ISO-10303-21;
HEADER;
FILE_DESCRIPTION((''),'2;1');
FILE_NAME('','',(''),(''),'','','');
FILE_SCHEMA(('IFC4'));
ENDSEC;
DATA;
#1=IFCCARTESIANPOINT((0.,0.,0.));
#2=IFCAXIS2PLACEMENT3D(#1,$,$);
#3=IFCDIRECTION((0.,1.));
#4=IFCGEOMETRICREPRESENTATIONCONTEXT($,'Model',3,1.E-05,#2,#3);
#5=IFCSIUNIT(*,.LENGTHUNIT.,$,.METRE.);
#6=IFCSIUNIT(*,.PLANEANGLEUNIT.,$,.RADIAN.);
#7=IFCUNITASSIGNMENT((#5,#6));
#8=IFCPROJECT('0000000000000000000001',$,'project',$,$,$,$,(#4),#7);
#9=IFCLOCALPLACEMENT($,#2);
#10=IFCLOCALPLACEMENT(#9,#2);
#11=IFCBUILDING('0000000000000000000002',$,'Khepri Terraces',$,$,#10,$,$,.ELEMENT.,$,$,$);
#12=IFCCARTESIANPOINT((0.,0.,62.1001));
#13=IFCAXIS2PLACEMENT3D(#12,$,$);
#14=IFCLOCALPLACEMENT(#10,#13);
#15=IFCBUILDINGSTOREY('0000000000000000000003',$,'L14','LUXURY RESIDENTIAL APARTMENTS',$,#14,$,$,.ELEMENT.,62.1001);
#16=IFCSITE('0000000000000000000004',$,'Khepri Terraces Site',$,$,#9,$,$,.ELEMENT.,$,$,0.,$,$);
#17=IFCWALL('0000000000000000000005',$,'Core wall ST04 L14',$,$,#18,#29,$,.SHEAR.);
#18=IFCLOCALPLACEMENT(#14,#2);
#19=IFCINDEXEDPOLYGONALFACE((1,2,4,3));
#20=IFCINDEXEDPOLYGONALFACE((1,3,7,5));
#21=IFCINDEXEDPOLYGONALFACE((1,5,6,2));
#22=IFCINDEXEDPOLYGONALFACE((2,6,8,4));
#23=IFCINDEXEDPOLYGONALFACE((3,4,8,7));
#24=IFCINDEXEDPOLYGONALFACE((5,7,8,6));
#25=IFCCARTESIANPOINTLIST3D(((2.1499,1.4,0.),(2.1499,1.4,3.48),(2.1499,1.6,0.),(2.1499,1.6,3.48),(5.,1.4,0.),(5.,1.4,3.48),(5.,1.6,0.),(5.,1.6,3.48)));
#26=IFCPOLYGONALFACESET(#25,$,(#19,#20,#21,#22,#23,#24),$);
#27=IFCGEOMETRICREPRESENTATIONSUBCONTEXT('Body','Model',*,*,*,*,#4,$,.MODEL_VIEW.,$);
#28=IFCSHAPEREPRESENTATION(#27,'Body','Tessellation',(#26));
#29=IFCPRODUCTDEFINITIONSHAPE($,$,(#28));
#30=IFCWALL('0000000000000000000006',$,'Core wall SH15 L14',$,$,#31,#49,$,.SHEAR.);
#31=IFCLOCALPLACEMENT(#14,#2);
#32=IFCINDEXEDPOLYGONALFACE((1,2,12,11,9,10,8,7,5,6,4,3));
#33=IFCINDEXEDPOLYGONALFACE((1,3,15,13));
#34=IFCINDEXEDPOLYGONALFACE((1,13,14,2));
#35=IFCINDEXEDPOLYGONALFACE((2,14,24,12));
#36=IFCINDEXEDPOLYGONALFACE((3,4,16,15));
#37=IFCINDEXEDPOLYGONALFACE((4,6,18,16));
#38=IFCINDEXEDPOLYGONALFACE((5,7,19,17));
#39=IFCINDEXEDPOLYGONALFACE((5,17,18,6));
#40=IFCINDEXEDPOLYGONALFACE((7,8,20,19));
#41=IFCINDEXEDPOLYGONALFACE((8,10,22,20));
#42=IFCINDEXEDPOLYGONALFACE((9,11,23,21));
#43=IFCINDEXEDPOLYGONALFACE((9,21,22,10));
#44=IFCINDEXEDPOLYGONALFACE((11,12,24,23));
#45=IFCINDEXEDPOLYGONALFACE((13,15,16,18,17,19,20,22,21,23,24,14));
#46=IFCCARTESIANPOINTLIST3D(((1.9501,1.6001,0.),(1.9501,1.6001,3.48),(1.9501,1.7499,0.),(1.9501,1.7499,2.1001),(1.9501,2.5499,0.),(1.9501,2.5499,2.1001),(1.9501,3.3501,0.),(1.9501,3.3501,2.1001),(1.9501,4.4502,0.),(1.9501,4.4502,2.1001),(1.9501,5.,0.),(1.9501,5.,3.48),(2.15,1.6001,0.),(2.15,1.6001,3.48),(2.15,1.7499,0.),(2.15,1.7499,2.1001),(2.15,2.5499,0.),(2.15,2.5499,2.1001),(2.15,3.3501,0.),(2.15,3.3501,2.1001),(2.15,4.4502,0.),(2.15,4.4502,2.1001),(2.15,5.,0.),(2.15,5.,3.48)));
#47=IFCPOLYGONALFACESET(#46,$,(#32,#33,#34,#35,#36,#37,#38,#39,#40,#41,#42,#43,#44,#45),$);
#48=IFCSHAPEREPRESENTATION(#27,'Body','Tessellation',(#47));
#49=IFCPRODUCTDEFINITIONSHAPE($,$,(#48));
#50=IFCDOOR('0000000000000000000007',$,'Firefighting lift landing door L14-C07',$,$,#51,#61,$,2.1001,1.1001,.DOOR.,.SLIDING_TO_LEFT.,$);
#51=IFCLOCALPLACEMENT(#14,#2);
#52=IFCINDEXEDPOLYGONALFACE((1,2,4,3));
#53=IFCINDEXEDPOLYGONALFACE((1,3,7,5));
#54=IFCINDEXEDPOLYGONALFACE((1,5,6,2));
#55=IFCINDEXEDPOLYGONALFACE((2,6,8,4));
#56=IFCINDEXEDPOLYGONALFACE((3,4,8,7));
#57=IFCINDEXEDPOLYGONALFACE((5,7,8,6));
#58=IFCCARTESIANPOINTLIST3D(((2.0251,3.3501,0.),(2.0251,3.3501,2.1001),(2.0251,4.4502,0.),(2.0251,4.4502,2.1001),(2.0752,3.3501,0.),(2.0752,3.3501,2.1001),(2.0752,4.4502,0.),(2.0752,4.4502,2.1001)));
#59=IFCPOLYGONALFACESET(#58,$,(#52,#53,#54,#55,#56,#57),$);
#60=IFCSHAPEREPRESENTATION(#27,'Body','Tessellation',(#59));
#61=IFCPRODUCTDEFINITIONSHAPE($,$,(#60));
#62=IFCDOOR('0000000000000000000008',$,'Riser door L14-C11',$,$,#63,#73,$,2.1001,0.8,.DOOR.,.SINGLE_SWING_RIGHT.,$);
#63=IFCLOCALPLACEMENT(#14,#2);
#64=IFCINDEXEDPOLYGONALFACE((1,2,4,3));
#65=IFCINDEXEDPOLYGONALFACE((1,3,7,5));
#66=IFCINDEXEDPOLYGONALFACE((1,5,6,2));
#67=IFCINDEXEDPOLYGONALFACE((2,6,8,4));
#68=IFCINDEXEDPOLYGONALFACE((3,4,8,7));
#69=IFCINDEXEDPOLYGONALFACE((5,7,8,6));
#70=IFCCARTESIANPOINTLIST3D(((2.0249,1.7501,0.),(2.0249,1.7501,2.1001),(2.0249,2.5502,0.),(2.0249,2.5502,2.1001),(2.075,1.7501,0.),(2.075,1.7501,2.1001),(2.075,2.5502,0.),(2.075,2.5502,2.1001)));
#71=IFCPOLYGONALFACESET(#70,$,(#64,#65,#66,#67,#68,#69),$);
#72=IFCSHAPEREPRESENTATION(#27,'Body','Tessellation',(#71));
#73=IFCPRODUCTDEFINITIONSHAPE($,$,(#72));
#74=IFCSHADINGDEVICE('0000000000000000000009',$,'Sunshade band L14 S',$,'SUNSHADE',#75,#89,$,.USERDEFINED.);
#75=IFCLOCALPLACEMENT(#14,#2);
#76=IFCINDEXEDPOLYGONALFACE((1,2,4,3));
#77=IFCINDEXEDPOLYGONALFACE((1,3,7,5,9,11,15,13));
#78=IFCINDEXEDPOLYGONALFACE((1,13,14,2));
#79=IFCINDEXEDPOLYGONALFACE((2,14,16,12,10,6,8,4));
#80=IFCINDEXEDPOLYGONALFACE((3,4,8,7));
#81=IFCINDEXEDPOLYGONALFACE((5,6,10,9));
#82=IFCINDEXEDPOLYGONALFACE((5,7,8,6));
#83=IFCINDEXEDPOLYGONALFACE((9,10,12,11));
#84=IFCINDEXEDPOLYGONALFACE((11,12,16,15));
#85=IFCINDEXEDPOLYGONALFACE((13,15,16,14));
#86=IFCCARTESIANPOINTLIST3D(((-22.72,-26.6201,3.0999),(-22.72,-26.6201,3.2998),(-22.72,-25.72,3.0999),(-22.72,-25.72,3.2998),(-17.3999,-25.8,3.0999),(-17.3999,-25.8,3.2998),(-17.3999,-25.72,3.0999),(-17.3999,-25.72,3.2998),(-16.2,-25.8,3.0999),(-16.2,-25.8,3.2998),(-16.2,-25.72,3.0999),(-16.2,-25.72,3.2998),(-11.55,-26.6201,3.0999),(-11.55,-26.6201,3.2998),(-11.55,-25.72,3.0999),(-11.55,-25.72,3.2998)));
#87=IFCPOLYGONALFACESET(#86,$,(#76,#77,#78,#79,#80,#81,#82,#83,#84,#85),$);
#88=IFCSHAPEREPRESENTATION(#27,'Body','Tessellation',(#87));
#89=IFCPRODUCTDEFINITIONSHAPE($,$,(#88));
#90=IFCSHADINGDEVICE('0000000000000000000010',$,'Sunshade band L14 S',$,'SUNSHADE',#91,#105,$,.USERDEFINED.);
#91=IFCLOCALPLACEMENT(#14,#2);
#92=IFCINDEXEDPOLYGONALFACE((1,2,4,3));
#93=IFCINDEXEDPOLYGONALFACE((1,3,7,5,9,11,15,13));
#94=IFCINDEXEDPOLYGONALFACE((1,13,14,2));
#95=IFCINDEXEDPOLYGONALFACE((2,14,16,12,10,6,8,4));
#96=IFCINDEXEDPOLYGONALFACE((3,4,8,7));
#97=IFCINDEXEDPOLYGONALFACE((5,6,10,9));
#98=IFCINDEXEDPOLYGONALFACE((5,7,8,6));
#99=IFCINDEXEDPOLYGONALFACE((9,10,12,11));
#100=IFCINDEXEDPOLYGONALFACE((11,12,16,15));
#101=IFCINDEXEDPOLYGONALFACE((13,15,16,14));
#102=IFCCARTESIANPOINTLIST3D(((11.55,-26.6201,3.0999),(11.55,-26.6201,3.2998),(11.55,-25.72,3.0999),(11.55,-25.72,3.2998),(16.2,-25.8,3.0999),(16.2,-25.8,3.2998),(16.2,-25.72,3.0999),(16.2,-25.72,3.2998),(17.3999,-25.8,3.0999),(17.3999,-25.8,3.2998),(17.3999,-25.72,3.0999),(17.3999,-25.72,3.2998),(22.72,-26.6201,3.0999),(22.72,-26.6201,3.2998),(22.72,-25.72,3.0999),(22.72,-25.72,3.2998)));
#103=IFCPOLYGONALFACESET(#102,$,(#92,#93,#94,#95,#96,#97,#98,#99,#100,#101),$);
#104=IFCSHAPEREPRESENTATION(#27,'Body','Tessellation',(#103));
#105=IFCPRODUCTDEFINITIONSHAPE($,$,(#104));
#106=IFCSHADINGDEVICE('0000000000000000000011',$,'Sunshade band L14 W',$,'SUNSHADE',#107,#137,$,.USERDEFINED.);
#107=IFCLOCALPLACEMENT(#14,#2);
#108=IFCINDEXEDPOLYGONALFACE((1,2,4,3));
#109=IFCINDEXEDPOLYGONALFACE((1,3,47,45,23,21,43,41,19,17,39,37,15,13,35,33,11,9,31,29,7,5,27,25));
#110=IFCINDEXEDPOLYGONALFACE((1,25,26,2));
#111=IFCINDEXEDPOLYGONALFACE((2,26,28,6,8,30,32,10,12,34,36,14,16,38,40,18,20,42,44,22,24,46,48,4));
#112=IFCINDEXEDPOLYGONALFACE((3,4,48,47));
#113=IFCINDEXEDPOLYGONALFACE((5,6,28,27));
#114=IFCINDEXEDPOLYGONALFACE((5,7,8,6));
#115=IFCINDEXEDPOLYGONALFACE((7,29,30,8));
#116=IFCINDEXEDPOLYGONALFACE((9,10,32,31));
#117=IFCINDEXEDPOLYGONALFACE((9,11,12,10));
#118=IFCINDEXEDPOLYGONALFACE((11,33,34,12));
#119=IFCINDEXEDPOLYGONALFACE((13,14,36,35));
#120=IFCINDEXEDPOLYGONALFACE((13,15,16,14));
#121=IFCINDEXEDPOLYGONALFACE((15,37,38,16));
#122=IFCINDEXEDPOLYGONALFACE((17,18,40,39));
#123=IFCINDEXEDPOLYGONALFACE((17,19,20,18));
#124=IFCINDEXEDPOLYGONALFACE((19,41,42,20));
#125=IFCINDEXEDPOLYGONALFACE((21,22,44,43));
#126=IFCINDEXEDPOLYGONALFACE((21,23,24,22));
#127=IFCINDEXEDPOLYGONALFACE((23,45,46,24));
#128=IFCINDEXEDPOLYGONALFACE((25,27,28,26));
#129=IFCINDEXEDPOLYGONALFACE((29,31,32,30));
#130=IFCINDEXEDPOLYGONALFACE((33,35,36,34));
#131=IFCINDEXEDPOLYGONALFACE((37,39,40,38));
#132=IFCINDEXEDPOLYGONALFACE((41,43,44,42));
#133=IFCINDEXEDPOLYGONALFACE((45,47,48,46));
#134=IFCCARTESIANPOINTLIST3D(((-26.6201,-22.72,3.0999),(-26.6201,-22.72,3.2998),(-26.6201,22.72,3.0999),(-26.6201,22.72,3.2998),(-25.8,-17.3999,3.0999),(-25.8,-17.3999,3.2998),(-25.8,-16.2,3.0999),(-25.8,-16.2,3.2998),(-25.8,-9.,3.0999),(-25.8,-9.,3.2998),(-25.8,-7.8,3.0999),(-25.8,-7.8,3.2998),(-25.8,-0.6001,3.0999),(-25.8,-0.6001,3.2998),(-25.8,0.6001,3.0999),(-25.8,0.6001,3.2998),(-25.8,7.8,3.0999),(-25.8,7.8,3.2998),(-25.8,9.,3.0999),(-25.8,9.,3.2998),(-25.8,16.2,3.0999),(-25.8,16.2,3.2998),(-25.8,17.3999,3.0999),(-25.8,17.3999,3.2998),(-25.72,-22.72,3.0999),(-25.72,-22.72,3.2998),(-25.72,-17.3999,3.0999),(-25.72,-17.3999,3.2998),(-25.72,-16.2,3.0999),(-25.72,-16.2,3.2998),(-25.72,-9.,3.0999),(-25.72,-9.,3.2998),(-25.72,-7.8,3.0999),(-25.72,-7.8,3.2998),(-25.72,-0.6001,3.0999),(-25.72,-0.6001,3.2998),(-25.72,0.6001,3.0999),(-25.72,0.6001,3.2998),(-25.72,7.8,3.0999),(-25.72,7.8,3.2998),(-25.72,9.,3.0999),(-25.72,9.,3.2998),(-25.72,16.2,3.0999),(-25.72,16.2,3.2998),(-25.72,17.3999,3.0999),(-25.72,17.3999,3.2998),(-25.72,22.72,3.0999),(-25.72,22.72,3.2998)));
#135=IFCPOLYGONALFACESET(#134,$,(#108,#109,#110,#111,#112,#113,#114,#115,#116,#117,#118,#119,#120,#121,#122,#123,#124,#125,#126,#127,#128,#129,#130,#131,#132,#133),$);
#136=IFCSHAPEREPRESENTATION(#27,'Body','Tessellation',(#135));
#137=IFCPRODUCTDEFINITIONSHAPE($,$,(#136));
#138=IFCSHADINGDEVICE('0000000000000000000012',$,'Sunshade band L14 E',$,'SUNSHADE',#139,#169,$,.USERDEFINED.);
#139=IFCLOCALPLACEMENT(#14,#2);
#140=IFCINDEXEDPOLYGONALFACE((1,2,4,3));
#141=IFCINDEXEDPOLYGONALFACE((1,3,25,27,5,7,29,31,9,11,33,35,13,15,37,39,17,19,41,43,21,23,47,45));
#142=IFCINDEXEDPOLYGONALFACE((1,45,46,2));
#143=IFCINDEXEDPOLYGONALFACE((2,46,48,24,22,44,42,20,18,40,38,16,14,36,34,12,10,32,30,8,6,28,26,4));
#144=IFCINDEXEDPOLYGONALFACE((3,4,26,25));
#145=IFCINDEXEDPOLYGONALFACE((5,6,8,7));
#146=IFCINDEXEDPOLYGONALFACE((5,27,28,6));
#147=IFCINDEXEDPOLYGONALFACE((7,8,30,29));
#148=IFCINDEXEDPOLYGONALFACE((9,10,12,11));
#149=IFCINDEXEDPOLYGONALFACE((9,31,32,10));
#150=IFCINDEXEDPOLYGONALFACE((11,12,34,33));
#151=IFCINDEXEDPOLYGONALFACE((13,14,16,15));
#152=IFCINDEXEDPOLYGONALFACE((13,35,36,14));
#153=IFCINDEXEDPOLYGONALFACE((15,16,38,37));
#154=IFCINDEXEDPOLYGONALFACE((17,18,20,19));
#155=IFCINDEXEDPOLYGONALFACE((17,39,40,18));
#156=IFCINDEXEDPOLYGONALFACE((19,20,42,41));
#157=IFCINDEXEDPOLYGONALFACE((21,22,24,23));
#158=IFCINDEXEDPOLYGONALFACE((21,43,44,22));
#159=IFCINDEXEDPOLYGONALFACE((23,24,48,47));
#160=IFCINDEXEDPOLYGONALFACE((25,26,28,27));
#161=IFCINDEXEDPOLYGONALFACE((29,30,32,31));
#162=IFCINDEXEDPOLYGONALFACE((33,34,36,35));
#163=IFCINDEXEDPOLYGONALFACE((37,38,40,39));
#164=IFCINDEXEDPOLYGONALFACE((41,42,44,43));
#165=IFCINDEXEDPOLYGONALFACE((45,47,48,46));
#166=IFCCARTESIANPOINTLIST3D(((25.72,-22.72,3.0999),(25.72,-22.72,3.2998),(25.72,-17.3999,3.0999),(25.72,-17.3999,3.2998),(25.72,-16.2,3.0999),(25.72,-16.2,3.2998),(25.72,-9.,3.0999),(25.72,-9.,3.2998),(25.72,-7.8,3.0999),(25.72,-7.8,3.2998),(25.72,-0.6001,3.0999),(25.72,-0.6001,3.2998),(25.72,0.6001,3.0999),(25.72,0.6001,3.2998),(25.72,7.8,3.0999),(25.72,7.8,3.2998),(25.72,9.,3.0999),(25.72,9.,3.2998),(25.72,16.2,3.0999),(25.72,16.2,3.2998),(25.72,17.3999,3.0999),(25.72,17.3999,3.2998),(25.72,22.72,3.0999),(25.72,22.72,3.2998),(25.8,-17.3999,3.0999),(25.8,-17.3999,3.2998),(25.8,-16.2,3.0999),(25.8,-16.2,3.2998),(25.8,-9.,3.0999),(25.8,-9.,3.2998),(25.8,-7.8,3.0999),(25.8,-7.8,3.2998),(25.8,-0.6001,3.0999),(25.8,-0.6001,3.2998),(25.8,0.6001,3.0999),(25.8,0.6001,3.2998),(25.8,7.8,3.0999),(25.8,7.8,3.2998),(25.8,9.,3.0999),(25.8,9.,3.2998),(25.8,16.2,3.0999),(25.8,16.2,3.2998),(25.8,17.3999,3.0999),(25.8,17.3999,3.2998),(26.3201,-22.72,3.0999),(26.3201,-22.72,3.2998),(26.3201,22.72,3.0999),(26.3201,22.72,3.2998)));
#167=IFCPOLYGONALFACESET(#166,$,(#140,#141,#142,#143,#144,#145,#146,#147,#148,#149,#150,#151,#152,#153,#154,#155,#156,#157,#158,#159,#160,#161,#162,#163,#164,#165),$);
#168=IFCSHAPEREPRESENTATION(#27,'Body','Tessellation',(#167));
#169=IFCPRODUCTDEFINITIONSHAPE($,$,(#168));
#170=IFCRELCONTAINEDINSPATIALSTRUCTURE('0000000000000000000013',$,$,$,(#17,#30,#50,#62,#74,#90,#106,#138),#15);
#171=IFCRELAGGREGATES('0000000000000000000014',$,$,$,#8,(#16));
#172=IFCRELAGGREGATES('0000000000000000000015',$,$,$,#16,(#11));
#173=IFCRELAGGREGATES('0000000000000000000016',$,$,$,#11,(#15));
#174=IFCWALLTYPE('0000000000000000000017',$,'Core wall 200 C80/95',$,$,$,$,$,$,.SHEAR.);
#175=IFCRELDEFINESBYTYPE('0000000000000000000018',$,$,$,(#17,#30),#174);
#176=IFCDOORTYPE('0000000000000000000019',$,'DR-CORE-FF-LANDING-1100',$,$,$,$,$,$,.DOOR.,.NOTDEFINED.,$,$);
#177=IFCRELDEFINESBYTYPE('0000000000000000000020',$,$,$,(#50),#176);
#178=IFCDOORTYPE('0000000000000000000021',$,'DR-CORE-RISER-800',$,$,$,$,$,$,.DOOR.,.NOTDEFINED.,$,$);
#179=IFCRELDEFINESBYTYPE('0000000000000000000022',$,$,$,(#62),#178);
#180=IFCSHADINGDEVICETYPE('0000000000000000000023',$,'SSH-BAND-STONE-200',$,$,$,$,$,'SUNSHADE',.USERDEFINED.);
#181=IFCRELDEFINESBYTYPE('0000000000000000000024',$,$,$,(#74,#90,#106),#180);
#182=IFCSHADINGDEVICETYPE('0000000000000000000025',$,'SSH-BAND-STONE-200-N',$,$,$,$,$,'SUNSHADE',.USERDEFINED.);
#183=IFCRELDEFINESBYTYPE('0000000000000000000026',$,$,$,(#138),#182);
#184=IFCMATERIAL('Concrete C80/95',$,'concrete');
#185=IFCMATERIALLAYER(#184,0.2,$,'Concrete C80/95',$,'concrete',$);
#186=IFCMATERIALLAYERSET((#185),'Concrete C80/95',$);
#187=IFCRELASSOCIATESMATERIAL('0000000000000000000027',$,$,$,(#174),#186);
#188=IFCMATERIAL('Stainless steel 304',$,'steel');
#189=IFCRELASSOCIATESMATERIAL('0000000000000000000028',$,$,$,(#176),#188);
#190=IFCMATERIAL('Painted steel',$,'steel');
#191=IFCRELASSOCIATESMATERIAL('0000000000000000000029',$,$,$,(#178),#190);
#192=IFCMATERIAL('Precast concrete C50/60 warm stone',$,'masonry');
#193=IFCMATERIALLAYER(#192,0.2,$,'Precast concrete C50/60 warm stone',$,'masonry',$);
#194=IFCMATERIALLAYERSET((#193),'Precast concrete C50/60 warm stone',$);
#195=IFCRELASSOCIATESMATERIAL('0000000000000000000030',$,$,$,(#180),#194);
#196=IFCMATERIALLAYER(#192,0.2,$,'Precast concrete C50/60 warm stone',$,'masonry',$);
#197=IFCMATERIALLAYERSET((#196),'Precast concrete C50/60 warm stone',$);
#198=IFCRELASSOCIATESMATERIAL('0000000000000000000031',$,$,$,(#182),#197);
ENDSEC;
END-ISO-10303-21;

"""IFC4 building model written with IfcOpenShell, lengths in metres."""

from ifc_helpers import new_model, si_unit, direction, frame, frame_2d, origin, place, context, subcontext, project, spatial, polyline, rectangle, outline, extrude, material, layer, layer_set, type_object, element, fill, save


model = new_model("IFC4")

# Units and contexts
model_context = context("Model", 3, precision=1e-05, world=origin(), true_north=direction((0.0, 1.0)))
body_context = subcontext(model_context, "Body", "Model", "MODEL_VIEW")
ifc_project = project(units=[si_unit("LENGTHUNIT", "METRE"), si_unit("PLANEANGLEUNIT", "RADIAN")], contexts=[model_context])

# Site, building, storey
site_placement = place(None, origin())
site = spatial("IfcSite", under=ifc_project, at=site_placement, Name="Khepri Terraces Site", CompositionType="ELEMENT", RefElevation=0.0)
building_placement = place(site_placement, origin())
building = spatial("IfcBuilding", under=site, at=building_placement, Name="Khepri Terraces", CompositionType="ELEMENT")
storey_placement = place(building_placement, frame((0.0, 0.0, 62.1001)))
storey = spatial("IfcBuildingStorey", under=building, at=storey_placement, Name="L14", Description="LUXURY RESIDENTIAL APARTMENTS", CompositionType="ELEMENT", Elevation=62.1001)

# Shared definitions
ifc_material_1 = material(Name="Precast concrete C50/60 warm stone", Category="masonry")

# Wall
ifc_material_2 = material(Name="Concrete C80/95", Category="concrete")
ifc_layer_1 = layer(ifc_material_2, 0.2, Name="Concrete C80/95", Category="concrete")
ifc_layer_set_1 = layer_set([ifc_layer_1], Name="Concrete C80/95")
wall_type = type_object("IfcWallType", Name="Core wall 200 C80/95", PredefinedType="SHEAR", material=ifc_layer_set_1)
wall_1_placement = place(storey_placement, frame((2.1499, 1.5, 0.0), z_axis=(0.0, 0.0, 1.0), x_axis=(1.0, 0.0, 0.0)))
element("IfcWall", 1, at=wall_1_placement, inside=storey, type_object=wall_type, Name="Core wall ST04 L14", PredefinedType="SHEAR", context=body_context, shape_type="SweptSolid", body=[
    extrude(rectangle(XDim=2.8501, YDim=0.2, at=frame_2d((1.425, 0.0))), origin(), (0.0, 0.0, 1.0), 3.48),
])

# Wall, openings, doors
wall_2_placement = place(storey_placement, frame((2.05, 1.6001, 0.0), z_axis=(0.0, 0.0, 1.0), x_axis=(0.0, 1.0, 0.0)))
wall_2 = element("IfcWall", 2, at=wall_2_placement, inside=storey, type_object=wall_type, Name="Core wall SH15 L14", PredefinedType="SHEAR", context=body_context, shape_type="SweptSolid", body=[
    extrude(rectangle(XDim=3.3999, YDim=0.2, at=frame_2d((1.7, 0.0))), origin(), (0.0, 0.0, 1.0), 3.48),
])
opening_1_placement = place(wall_2_placement, frame((1.75, 0.0, 0.0)))
opening_1 = element("IfcOpeningElement", 3, at=opening_1_placement, cuts=wall_2, PredefinedType="OPENING", context=body_context, shape_type="SweptSolid", body=[
    extrude(rectangle(XDim=1.1001, YDim=2.1001, at=frame_2d((0.55, 1.05))), frame((0.0, 0.1099, 0.0), z_axis=(0.0, -1.0, 0.0), x_axis=(1.0, 0.0, 0.0)), (0.0, 0.0, 1.0), 0.22),
])
opening_2_placement = place(wall_2_placement, frame((0.1499, 0.0, 0.0)))
opening_2 = element("IfcOpeningElement", 4, at=opening_2_placement, cuts=wall_2, PredefinedType="OPENING", context=body_context, shape_type="SweptSolid", body=[
    extrude(rectangle(XDim=0.8, YDim=2.1001, at=frame_2d((0.3999, 1.05))), frame((0.0, 0.1099, 0.0), z_axis=(0.0, -1.0, 0.0), x_axis=(1.0, 0.0, 0.0)), (0.0, 0.0, 1.0), 0.22),
])
ifc_material_3 = material(Name="Stainless steel 304", Category="steel")
door_type_1 = type_object("IfcDoorType", Name="DR-CORE-FF-LANDING-1100", OperationType="NOTDEFINED", PredefinedType="DOOR", material=ifc_material_3)
door_1_placement = place(opening_1_placement, origin())
door_1 = element("IfcDoor", 5, at=door_1_placement, inside=storey, type_object=door_type_1, Name="Firefighting lift landing door L14-C07", OperationType="SLIDING_TO_LEFT", OverallHeight=2.1001, OverallWidth=1.1001, PredefinedType="DOOR", context=body_context, shape_type="SweptSolid", body=[
    extrude(rectangle(XDim=1.1001, YDim=2.1001, at=frame_2d((0.55, 1.05))), frame((0.0, 0.0249, 0.0), z_axis=(0.0, -1.0, 0.0), x_axis=(1.0, 0.0, 0.0)), (0.0, 0.0, 1.0), 0.05),
])
fill(opening_1, door_1)
ifc_material_4 = material(Name="Painted steel", Category="steel")
door_type_2 = type_object("IfcDoorType", Name="DR-CORE-RISER-800", OperationType="NOTDEFINED", PredefinedType="DOOR", material=ifc_material_4)
door_2_placement = place(opening_2_placement, frame((0.8, 0.0, 0.0), z_axis=(0.0, 0.0, 1.0), x_axis=(-1.0, 0.0, 0.0)))
door_2 = element("IfcDoor", 6, at=door_2_placement, inside=storey, type_object=door_type_2, Name="Riser door L14-C11", OperationType="SINGLE_SWING_RIGHT", OverallHeight=2.1001, OverallWidth=0.8, PredefinedType="DOOR", context=body_context, shape_type="SweptSolid", body=[
    extrude(rectangle(XDim=0.8, YDim=2.1001, at=frame_2d((0.3999, 1.05))), frame((0.0, 0.0249, 0.0), z_axis=(0.0, -1.0, 0.0), x_axis=(1.0, 0.0, 0.0)), (0.0, 0.0, 1.0), 0.05),
])
fill(opening_2, door_2)

# Shading devices
ifc_layer_2 = layer(ifc_material_1, 0.2, Name="Precast concrete C50/60 warm stone", Category="masonry")
ifc_layer_set_2 = layer_set([ifc_layer_2], Name="Precast concrete C50/60 warm stone")
shading_device_type_1 = type_object("IfcShadingDeviceType", Name="SSH-BAND-STONE-200", ElementType="SUNSHADE", PredefinedType="USERDEFINED", material=ifc_layer_set_2)
shading_device_1_placement = place(storey_placement, frame((0.0, 0.0, 3.0999)))
element("IfcShadingDevice", 7, at=shading_device_1_placement, inside=storey, type_object=shading_device_type_1, Name="Sunshade band L14 S", ObjectType="SUNSHADE", PredefinedType="USERDEFINED", context=body_context, shape_type="SweptSolid", body=[
    extrude(outline(polyline([(-17.3999, -25.72), (-22.72, -25.72), (-22.72, -26.6201), (-11.55, -26.6201), (-11.55, -25.72), (-16.2, -25.72), (-16.2, -25.8), (-17.3999, -25.8), (-17.3999, -25.72)])), origin(), (0.0, 0.0, 1.0), 0.2),
])
shading_device_2_placement = place(storey_placement, frame((0.0, 0.0, 3.0999)))
element("IfcShadingDevice", 8, at=shading_device_2_placement, inside=storey, type_object=shading_device_type_1, Name="Sunshade band L14 S", ObjectType="SUNSHADE", PredefinedType="USERDEFINED", context=body_context, shape_type="SweptSolid", body=[
    extrude(outline(polyline([(16.2, -25.72), (11.55, -25.72), (11.55, -26.6201), (22.72, -26.6201), (22.72, -25.72), (17.3999, -25.72), (17.3999, -25.8), (16.2, -25.8), (16.2, -25.72)])), origin(), (0.0, 0.0, 1.0), 0.2),
])
shading_device_3_placement = place(storey_placement, frame((0.0, 0.0, 3.0999)))
element("IfcShadingDevice", 9, at=shading_device_3_placement, inside=storey, type_object=shading_device_type_1, Name="Sunshade band L14 W", ObjectType="SUNSHADE", PredefinedType="USERDEFINED", context=body_context, shape_type="SweptSolid", body=[
    extrude(outline(polyline([(-25.72, 17.3999), (-25.72, 22.72), (-26.6201, 22.72), (-26.6201, -22.72), (-25.72, -22.72), (-25.72, -17.3999), (-25.8, -17.3999), (-25.8, -16.2), (-25.72, -16.2), (-25.72, -9.0), (-25.8, -9.0), (-25.8, -7.8), (-25.72, -7.8), (-25.72, -0.6001), (-25.8, -0.6001), (-25.8, 0.6001), (-25.72, 0.6001), (-25.72, 7.8), (-25.8, 7.8), (-25.8, 9.0), (-25.72, 9.0), (-25.72, 16.2), (-25.8, 16.2), (-25.8, 17.3999), (-25.72, 17.3999)])), origin(), (0.0, 0.0, 1.0), 0.2),
])
ifc_layer_3 = layer(ifc_material_1, 0.2, Name="Precast concrete C50/60 warm stone", Category="masonry")
ifc_layer_set_3 = layer_set([ifc_layer_3], Name="Precast concrete C50/60 warm stone")
shading_device_type_2 = type_object("IfcShadingDeviceType", Name="SSH-BAND-STONE-200-N", ElementType="SUNSHADE", PredefinedType="USERDEFINED", material=ifc_layer_set_3)
shading_device_4_placement = place(storey_placement, frame((0.0, 0.0, 3.0999)))
element("IfcShadingDevice", 10, at=shading_device_4_placement, inside=storey, type_object=shading_device_type_2, Name="Sunshade band L14 E", ObjectType="SUNSHADE", PredefinedType="USERDEFINED", context=body_context, shape_type="SweptSolid", body=[
    extrude(outline(polyline([(25.72, -17.3999), (25.72, -22.72), (26.3201, -22.72), (26.3201, 22.72), (25.72, 22.72), (25.72, 17.3999), (25.8, 17.3999), (25.8, 16.2), (25.72, 16.2), (25.72, 9.0), (25.8, 9.0), (25.8, 7.8), (25.72, 7.8), (25.72, 0.6001), (25.8, 0.6001), (25.8, -0.6001), (25.72, -0.6001), (25.72, -7.8), (25.8, -7.8), (25.8, -9.0), (25.72, -9.0), (25.72, -16.2), (25.8, -16.2), (25.8, -17.3999), (25.72, -17.3999)])), origin(), (0.0, 0.0, 1.0), 0.2),
])

save(model, "model.ifc")
